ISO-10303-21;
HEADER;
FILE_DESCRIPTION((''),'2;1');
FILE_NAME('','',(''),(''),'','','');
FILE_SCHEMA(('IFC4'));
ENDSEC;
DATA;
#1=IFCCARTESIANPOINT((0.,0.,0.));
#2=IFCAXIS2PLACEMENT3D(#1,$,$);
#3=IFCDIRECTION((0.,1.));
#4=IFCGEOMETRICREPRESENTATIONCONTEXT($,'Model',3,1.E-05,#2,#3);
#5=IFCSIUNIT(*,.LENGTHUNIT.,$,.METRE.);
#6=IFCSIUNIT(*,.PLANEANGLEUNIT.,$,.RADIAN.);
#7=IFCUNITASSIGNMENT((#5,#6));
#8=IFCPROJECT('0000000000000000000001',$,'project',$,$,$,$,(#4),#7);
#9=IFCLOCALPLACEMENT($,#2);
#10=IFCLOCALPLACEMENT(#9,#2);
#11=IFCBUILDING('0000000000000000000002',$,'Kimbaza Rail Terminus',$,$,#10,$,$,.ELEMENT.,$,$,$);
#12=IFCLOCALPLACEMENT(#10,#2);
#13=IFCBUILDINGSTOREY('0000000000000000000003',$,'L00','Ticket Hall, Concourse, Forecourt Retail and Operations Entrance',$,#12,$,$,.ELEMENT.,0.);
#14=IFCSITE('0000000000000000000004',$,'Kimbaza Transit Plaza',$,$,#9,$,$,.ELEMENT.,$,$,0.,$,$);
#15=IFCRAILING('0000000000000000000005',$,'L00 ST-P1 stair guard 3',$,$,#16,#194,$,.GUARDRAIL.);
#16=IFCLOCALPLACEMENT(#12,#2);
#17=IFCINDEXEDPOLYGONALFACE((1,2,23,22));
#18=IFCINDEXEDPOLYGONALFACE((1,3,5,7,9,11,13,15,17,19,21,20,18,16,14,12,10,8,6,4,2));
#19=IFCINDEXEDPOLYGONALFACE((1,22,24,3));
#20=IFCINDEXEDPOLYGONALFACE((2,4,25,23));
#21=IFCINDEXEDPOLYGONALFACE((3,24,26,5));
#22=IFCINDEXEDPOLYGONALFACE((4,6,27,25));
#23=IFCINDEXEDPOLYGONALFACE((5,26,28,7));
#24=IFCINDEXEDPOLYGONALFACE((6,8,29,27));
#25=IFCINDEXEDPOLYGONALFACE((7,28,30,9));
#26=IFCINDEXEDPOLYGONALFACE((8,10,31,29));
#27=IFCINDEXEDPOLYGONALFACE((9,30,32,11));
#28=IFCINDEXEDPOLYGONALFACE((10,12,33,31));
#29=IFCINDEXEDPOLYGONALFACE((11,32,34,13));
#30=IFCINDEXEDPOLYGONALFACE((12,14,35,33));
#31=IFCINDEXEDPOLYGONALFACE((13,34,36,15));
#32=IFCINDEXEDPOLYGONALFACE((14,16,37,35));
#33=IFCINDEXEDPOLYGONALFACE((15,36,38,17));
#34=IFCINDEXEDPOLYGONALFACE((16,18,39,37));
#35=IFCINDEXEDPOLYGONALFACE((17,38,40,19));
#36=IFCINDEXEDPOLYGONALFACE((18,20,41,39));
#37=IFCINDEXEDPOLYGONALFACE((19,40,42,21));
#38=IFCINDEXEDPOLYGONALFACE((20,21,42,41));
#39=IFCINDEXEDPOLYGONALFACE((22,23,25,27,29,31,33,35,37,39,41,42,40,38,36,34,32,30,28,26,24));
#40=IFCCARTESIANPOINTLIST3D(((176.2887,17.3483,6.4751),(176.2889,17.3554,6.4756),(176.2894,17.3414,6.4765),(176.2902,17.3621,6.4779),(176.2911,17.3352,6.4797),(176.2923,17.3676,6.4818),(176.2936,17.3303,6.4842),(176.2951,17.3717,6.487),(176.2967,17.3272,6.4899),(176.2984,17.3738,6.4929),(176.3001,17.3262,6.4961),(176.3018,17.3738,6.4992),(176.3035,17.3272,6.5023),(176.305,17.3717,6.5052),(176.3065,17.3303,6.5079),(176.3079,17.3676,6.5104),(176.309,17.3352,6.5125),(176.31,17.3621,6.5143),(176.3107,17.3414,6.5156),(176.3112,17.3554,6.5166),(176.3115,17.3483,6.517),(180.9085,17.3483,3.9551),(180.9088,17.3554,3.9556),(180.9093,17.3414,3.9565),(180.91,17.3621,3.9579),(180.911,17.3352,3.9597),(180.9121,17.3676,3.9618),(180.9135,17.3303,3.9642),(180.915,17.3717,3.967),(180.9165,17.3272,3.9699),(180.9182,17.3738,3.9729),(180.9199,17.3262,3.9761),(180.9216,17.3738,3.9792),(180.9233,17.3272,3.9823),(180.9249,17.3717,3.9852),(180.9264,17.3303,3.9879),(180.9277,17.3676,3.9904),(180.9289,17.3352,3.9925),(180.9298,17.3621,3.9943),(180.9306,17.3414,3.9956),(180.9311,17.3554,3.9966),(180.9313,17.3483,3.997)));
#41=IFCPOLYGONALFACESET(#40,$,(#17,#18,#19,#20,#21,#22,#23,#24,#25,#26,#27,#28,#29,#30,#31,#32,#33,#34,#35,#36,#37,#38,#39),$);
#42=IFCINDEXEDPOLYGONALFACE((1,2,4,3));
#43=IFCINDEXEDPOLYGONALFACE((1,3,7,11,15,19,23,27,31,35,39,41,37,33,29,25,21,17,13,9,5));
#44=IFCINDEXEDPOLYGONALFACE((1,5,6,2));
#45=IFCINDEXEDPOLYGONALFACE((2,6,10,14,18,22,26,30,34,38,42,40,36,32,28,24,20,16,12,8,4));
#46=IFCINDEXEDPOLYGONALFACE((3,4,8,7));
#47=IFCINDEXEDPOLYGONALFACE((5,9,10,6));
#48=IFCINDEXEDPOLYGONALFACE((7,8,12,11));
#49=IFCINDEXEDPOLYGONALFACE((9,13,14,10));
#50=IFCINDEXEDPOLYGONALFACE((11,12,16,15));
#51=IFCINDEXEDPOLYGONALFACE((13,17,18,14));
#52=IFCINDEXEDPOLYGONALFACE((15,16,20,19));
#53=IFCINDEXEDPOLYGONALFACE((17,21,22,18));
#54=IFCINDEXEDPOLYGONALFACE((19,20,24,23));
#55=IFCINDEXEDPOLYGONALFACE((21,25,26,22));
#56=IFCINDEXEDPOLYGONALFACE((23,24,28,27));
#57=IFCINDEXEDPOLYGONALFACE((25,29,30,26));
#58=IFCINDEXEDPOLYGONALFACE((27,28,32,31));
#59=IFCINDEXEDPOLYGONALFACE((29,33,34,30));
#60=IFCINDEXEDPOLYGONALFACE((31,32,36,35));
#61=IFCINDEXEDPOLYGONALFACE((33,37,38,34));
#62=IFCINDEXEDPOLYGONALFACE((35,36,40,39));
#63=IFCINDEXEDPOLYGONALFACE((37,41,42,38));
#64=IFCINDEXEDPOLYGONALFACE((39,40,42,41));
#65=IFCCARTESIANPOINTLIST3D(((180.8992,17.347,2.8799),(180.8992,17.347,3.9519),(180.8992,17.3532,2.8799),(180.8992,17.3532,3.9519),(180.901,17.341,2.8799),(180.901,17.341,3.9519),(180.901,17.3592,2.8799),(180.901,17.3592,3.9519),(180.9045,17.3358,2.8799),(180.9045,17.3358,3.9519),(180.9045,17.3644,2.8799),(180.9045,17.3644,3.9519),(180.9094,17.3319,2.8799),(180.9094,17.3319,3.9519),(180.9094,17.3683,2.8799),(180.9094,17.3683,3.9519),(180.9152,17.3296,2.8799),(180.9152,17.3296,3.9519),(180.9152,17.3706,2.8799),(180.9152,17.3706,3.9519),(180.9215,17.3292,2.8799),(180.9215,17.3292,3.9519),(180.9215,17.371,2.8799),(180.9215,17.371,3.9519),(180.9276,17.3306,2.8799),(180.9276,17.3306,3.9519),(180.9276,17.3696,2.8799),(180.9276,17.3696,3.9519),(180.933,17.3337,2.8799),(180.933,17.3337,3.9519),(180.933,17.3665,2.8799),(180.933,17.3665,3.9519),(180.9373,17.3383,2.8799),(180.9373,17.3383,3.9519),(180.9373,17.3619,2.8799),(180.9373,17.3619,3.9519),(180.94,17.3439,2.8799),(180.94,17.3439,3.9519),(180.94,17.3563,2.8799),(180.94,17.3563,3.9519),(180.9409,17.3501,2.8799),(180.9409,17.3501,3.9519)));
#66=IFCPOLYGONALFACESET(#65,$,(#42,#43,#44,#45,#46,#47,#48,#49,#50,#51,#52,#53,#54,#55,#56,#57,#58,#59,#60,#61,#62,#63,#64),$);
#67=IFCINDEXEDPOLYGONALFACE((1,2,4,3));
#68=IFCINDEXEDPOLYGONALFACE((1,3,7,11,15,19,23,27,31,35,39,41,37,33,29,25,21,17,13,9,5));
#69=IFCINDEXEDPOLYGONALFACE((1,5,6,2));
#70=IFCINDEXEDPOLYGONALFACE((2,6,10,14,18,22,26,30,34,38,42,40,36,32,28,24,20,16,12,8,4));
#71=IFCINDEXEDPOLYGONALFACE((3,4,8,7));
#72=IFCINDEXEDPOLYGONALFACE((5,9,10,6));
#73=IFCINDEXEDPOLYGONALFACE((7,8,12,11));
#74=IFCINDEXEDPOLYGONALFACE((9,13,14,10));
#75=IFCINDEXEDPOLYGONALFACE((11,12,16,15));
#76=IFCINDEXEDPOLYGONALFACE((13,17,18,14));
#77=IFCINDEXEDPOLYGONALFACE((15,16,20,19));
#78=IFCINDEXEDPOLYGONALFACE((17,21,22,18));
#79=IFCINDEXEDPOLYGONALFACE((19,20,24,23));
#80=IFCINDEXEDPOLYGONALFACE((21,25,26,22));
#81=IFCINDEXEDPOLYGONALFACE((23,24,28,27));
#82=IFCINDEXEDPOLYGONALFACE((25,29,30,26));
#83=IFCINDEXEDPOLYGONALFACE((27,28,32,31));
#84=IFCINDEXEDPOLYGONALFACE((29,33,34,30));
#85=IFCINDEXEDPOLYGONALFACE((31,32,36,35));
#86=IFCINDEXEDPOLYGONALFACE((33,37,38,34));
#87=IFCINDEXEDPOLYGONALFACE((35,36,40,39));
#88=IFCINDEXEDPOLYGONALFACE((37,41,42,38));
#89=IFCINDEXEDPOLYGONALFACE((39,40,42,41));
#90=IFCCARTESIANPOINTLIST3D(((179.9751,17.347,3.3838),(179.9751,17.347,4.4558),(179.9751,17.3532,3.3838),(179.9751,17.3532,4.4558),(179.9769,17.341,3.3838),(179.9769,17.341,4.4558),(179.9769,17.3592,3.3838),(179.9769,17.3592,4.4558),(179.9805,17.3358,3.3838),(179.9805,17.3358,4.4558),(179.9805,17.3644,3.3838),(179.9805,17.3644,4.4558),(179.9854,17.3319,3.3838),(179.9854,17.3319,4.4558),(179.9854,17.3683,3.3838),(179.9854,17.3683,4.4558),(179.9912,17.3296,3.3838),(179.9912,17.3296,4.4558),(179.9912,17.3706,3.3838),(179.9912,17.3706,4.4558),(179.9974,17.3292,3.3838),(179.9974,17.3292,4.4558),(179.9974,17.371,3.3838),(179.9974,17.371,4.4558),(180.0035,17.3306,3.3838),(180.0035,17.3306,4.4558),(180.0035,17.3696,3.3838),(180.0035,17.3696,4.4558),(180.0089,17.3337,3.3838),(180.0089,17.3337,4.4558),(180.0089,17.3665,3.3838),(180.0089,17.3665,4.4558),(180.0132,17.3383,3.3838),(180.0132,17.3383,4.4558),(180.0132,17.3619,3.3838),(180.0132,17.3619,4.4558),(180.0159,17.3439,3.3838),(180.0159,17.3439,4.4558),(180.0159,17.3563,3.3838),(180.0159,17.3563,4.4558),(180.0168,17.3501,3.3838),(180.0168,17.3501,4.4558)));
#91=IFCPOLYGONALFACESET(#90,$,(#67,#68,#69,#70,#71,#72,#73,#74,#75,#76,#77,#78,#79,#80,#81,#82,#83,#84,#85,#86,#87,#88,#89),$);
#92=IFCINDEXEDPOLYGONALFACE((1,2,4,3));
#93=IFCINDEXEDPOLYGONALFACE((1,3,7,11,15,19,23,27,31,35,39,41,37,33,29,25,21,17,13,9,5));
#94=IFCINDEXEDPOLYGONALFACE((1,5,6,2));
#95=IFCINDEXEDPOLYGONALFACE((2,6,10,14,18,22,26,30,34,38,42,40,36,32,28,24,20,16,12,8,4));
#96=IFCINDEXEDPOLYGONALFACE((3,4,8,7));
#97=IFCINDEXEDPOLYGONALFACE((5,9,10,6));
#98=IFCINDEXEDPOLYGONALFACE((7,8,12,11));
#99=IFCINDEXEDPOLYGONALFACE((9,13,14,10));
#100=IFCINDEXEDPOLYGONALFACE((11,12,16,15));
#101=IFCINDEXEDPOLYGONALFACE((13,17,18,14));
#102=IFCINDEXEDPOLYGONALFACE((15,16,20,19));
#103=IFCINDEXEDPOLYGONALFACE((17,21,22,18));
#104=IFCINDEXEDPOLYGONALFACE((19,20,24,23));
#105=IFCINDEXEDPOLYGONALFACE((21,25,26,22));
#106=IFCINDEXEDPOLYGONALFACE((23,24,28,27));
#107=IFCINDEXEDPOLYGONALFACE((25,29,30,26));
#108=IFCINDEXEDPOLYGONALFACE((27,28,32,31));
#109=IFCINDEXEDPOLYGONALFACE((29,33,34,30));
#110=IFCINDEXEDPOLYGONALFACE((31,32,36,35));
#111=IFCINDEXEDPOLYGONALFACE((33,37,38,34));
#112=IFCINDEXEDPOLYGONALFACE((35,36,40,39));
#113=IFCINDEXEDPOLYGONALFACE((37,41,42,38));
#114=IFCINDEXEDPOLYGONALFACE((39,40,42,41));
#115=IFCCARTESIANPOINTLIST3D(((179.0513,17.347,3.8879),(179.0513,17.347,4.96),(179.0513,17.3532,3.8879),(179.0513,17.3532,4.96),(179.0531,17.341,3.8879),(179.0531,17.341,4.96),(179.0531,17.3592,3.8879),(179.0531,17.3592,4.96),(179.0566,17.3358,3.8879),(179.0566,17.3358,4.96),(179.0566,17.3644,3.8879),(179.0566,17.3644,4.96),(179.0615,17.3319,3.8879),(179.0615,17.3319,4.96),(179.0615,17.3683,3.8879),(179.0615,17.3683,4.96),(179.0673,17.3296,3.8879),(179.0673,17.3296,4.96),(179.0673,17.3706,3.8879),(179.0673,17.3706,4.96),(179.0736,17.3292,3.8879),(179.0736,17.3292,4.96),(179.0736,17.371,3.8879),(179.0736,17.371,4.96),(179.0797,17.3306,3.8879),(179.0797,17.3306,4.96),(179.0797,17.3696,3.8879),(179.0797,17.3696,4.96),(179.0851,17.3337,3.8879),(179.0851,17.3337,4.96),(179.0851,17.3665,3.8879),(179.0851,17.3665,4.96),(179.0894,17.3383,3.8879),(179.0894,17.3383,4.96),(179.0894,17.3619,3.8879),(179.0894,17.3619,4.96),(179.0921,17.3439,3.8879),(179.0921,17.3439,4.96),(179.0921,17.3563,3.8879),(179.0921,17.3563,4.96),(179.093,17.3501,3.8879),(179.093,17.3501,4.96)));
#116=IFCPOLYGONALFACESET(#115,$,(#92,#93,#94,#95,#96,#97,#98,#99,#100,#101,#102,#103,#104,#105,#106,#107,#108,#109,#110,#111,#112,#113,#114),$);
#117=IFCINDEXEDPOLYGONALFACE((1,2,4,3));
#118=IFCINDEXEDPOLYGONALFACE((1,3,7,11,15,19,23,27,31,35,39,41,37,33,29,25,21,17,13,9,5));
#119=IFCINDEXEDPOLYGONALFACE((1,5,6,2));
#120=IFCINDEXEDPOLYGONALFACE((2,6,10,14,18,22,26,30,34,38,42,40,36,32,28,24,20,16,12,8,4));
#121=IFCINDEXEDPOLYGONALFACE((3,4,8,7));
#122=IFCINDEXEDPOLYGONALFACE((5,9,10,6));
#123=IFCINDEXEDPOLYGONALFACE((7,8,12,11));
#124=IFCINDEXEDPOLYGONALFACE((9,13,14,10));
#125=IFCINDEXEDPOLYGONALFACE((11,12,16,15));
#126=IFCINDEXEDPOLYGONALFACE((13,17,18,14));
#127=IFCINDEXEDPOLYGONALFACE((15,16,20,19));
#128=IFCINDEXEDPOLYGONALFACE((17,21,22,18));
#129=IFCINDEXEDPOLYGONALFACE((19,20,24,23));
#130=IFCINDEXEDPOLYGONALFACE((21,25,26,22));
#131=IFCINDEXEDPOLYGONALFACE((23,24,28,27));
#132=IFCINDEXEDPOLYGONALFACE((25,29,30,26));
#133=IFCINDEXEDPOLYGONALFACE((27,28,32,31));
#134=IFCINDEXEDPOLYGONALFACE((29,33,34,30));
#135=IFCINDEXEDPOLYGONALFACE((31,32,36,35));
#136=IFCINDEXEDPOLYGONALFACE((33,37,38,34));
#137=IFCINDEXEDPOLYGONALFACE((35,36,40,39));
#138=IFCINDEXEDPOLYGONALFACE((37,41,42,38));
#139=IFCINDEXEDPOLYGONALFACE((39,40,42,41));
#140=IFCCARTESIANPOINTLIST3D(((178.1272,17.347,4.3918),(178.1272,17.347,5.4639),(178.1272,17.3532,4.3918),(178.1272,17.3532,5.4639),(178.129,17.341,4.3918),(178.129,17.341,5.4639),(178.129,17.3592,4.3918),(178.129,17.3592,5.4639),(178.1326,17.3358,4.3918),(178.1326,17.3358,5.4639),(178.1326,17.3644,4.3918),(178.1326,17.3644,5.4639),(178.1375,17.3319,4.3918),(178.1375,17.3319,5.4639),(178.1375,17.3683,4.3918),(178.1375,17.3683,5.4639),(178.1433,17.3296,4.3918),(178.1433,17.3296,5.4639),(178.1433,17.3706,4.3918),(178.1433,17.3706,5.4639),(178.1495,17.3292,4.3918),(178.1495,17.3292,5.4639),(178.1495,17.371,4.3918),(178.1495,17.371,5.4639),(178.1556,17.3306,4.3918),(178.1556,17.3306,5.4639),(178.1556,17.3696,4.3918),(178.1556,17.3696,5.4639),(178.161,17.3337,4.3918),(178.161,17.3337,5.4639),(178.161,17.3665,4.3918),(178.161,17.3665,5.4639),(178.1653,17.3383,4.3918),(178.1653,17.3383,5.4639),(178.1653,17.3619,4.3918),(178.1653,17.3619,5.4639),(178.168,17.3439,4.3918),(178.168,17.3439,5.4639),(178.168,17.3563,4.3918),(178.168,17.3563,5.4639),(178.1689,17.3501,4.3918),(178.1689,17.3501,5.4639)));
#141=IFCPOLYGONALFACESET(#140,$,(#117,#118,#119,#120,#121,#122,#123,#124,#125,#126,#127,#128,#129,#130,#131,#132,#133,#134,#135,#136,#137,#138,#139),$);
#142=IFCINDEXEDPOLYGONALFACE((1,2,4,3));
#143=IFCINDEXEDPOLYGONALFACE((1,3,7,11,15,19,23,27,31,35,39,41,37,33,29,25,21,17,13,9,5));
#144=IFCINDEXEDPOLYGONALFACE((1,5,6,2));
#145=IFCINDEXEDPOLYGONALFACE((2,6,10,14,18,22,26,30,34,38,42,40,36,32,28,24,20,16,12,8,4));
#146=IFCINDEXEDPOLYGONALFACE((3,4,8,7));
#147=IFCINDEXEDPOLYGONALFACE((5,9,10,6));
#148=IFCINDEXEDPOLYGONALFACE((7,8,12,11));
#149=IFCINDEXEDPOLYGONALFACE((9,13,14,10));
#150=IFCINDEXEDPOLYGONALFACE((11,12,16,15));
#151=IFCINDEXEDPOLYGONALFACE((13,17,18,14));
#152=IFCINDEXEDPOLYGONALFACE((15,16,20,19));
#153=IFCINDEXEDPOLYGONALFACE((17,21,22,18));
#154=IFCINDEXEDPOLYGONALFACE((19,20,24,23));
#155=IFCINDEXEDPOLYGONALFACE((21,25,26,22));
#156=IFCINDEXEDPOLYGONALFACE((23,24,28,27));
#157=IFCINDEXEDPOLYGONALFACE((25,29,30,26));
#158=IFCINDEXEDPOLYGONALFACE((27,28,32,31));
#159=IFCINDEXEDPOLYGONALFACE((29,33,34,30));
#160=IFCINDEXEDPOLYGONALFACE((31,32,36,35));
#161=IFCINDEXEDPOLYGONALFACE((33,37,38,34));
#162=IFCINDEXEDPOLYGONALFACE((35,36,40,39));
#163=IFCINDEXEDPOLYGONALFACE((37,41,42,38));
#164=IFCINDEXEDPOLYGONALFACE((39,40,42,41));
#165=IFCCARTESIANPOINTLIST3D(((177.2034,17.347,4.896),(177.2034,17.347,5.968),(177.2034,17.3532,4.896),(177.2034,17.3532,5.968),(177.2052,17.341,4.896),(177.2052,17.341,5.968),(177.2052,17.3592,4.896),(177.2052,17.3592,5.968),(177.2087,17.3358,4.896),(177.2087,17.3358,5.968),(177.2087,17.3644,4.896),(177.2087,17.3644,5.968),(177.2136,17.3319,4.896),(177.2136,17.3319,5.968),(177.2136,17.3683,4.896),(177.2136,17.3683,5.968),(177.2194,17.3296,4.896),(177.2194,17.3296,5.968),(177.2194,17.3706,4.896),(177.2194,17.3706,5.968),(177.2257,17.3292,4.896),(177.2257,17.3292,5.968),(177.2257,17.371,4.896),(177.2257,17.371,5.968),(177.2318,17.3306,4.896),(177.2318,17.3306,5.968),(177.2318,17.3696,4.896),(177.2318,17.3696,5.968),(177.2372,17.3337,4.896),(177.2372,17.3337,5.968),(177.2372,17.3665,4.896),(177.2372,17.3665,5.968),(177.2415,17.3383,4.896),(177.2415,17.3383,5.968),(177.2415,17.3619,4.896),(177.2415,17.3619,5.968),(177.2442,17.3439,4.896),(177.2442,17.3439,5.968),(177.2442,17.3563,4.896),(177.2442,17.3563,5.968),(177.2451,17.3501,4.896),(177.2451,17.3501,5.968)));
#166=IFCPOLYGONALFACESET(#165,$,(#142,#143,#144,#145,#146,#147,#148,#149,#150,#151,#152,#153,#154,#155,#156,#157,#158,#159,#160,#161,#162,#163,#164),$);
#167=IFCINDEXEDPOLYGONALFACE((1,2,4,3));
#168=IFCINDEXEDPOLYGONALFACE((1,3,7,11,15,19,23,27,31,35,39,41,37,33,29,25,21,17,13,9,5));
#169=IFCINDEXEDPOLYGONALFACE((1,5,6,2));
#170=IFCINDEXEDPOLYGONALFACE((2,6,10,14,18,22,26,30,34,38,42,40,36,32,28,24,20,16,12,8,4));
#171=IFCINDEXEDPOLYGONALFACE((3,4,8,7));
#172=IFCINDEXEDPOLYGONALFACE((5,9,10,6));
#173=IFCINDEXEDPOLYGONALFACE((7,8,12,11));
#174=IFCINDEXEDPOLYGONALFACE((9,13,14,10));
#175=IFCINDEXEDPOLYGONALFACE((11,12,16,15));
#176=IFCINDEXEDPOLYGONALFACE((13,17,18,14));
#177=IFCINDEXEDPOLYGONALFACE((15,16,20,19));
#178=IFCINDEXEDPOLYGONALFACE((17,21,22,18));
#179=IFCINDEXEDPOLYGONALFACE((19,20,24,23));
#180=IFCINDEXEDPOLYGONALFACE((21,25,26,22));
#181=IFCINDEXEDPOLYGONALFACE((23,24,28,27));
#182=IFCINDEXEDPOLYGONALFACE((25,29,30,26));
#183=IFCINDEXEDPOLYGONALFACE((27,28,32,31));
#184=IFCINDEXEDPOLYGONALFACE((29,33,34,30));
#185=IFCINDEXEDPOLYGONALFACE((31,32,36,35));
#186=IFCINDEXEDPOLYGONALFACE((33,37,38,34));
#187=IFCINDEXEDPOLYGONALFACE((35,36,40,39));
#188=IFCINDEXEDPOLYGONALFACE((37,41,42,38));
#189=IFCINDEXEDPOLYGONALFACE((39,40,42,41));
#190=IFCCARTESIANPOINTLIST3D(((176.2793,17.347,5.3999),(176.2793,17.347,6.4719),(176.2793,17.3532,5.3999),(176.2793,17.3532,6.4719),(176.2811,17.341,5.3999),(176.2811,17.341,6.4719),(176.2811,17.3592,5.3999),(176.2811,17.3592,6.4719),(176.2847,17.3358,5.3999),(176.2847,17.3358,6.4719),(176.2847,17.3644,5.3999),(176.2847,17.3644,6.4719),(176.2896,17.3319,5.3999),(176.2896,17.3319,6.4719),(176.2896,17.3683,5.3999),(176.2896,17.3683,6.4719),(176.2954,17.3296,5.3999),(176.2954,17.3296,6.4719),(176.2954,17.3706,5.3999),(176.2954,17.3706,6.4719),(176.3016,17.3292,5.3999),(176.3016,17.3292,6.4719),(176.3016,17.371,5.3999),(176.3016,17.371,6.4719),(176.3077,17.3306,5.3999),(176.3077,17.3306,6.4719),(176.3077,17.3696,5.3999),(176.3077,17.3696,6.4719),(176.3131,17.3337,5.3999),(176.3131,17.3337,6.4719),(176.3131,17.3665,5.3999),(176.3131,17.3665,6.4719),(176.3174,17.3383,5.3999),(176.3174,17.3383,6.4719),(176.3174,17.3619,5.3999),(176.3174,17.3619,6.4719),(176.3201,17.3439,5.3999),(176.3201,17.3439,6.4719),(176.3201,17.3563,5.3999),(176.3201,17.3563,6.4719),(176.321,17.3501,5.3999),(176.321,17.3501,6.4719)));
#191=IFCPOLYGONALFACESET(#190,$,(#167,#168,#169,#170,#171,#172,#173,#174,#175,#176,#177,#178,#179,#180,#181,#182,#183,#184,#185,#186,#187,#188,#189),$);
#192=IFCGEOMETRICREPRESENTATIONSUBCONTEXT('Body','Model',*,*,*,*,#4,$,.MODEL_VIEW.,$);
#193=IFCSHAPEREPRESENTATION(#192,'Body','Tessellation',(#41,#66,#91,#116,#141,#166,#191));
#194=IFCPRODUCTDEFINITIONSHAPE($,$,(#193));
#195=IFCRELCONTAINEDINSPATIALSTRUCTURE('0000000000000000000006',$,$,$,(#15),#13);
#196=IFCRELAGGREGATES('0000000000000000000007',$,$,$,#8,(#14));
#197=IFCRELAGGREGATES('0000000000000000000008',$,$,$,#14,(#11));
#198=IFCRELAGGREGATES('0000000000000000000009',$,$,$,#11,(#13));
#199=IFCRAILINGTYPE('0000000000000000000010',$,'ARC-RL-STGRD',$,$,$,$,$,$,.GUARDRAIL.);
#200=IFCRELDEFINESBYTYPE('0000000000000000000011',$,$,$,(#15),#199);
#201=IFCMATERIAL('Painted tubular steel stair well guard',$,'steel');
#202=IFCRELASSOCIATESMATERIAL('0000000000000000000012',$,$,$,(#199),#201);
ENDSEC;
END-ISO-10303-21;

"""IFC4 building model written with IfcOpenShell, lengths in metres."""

from ifc_helpers import new_model, si_unit, direction, frame, origin, origin_2d, place, context, subcontext, project, spatial, circle, extrude, material, type_object, element, save


model = new_model("IFC4")

# Units and contexts
model_context = context("Model", 3, precision=1e-05, world=origin(), true_north=direction((0.0, 1.0)))
body_context = subcontext(model_context, "Body", "Model", "MODEL_VIEW")
ifc_project = project(units=[si_unit("LENGTHUNIT", "METRE"), si_unit("PLANEANGLEUNIT", "RADIAN")], contexts=[model_context])

# Site, building, storey
site_placement = place(None, origin())
site = spatial("IfcSite", under=ifc_project, at=site_placement, Name="Kimbaza Transit Plaza", CompositionType="ELEMENT", RefElevation=0.0)
building_placement = place(site_placement, origin())
building = spatial("IfcBuilding", under=site, at=building_placement, Name="Kimbaza Rail Terminus", CompositionType="ELEMENT")
storey_placement = place(building_placement, origin())
storey = spatial("IfcBuildingStorey", under=building, at=storey_placement, Name="L00", Description="Ticket Hall, Concourse, Forecourt Retail and Operations Entrance", CompositionType="ELEMENT", Elevation=0.0)

# Railing
ifc_material_1 = material(Name="Painted tubular steel stair well guard", Category="steel")
railing_type_1 = type_object("IfcRailingType", Name="ARC-RL-STGRD", PredefinedType="GUARDRAIL", material=ifc_material_1)
railing_1_placement = place(storey_placement, frame((180.9199, 17.3501, 2.8799)))
element("IfcRailing", 1, at=railing_1_placement, inside=storey, type_object=railing_type_1, Name="L00 ST-P1 stair guard 3", PredefinedType="GUARDRAIL", context=body_context, shape_type="SweptSolid", body=[
    extrude(circle(Radius=0.0239, at=origin_2d()), frame((0.0, 0.0, 1.0962), z_axis=(-0.877888, 0.0, 0.478865), x_axis=(0.0, -1.0, 0.0)), (0.0, 0.0, 1.0), 5.2625),
    extrude(circle(Radius=0.021, at=origin_2d()), origin(), (0.0, 0.0, 1.0), 1.072),
    extrude(circle(Radius=0.021, at=origin_2d()), frame((-0.9241, 0.0, 0.5039)), (0.0, 0.0, 1.0), 1.072),
    extrude(circle(Radius=0.021, at=origin_2d()), frame((-1.8479, 0.0, 1.0081)), (0.0, 0.0, 1.0), 1.072),
    extrude(circle(Radius=0.021, at=origin_2d()), frame((-2.772, 0.0, 1.512)), (0.0, 0.0, 1.0), 1.072),
    extrude(circle(Radius=0.021, at=origin_2d()), frame((-3.6958, 0.0, 2.0161)), (0.0, 0.0, 1.0), 1.072),
    extrude(circle(Radius=0.021, at=origin_2d()), frame((-4.6199, 0.0, 2.52)), (0.0, 0.0, 1.0), 1.072),
])

save(model, "model.ifc")
